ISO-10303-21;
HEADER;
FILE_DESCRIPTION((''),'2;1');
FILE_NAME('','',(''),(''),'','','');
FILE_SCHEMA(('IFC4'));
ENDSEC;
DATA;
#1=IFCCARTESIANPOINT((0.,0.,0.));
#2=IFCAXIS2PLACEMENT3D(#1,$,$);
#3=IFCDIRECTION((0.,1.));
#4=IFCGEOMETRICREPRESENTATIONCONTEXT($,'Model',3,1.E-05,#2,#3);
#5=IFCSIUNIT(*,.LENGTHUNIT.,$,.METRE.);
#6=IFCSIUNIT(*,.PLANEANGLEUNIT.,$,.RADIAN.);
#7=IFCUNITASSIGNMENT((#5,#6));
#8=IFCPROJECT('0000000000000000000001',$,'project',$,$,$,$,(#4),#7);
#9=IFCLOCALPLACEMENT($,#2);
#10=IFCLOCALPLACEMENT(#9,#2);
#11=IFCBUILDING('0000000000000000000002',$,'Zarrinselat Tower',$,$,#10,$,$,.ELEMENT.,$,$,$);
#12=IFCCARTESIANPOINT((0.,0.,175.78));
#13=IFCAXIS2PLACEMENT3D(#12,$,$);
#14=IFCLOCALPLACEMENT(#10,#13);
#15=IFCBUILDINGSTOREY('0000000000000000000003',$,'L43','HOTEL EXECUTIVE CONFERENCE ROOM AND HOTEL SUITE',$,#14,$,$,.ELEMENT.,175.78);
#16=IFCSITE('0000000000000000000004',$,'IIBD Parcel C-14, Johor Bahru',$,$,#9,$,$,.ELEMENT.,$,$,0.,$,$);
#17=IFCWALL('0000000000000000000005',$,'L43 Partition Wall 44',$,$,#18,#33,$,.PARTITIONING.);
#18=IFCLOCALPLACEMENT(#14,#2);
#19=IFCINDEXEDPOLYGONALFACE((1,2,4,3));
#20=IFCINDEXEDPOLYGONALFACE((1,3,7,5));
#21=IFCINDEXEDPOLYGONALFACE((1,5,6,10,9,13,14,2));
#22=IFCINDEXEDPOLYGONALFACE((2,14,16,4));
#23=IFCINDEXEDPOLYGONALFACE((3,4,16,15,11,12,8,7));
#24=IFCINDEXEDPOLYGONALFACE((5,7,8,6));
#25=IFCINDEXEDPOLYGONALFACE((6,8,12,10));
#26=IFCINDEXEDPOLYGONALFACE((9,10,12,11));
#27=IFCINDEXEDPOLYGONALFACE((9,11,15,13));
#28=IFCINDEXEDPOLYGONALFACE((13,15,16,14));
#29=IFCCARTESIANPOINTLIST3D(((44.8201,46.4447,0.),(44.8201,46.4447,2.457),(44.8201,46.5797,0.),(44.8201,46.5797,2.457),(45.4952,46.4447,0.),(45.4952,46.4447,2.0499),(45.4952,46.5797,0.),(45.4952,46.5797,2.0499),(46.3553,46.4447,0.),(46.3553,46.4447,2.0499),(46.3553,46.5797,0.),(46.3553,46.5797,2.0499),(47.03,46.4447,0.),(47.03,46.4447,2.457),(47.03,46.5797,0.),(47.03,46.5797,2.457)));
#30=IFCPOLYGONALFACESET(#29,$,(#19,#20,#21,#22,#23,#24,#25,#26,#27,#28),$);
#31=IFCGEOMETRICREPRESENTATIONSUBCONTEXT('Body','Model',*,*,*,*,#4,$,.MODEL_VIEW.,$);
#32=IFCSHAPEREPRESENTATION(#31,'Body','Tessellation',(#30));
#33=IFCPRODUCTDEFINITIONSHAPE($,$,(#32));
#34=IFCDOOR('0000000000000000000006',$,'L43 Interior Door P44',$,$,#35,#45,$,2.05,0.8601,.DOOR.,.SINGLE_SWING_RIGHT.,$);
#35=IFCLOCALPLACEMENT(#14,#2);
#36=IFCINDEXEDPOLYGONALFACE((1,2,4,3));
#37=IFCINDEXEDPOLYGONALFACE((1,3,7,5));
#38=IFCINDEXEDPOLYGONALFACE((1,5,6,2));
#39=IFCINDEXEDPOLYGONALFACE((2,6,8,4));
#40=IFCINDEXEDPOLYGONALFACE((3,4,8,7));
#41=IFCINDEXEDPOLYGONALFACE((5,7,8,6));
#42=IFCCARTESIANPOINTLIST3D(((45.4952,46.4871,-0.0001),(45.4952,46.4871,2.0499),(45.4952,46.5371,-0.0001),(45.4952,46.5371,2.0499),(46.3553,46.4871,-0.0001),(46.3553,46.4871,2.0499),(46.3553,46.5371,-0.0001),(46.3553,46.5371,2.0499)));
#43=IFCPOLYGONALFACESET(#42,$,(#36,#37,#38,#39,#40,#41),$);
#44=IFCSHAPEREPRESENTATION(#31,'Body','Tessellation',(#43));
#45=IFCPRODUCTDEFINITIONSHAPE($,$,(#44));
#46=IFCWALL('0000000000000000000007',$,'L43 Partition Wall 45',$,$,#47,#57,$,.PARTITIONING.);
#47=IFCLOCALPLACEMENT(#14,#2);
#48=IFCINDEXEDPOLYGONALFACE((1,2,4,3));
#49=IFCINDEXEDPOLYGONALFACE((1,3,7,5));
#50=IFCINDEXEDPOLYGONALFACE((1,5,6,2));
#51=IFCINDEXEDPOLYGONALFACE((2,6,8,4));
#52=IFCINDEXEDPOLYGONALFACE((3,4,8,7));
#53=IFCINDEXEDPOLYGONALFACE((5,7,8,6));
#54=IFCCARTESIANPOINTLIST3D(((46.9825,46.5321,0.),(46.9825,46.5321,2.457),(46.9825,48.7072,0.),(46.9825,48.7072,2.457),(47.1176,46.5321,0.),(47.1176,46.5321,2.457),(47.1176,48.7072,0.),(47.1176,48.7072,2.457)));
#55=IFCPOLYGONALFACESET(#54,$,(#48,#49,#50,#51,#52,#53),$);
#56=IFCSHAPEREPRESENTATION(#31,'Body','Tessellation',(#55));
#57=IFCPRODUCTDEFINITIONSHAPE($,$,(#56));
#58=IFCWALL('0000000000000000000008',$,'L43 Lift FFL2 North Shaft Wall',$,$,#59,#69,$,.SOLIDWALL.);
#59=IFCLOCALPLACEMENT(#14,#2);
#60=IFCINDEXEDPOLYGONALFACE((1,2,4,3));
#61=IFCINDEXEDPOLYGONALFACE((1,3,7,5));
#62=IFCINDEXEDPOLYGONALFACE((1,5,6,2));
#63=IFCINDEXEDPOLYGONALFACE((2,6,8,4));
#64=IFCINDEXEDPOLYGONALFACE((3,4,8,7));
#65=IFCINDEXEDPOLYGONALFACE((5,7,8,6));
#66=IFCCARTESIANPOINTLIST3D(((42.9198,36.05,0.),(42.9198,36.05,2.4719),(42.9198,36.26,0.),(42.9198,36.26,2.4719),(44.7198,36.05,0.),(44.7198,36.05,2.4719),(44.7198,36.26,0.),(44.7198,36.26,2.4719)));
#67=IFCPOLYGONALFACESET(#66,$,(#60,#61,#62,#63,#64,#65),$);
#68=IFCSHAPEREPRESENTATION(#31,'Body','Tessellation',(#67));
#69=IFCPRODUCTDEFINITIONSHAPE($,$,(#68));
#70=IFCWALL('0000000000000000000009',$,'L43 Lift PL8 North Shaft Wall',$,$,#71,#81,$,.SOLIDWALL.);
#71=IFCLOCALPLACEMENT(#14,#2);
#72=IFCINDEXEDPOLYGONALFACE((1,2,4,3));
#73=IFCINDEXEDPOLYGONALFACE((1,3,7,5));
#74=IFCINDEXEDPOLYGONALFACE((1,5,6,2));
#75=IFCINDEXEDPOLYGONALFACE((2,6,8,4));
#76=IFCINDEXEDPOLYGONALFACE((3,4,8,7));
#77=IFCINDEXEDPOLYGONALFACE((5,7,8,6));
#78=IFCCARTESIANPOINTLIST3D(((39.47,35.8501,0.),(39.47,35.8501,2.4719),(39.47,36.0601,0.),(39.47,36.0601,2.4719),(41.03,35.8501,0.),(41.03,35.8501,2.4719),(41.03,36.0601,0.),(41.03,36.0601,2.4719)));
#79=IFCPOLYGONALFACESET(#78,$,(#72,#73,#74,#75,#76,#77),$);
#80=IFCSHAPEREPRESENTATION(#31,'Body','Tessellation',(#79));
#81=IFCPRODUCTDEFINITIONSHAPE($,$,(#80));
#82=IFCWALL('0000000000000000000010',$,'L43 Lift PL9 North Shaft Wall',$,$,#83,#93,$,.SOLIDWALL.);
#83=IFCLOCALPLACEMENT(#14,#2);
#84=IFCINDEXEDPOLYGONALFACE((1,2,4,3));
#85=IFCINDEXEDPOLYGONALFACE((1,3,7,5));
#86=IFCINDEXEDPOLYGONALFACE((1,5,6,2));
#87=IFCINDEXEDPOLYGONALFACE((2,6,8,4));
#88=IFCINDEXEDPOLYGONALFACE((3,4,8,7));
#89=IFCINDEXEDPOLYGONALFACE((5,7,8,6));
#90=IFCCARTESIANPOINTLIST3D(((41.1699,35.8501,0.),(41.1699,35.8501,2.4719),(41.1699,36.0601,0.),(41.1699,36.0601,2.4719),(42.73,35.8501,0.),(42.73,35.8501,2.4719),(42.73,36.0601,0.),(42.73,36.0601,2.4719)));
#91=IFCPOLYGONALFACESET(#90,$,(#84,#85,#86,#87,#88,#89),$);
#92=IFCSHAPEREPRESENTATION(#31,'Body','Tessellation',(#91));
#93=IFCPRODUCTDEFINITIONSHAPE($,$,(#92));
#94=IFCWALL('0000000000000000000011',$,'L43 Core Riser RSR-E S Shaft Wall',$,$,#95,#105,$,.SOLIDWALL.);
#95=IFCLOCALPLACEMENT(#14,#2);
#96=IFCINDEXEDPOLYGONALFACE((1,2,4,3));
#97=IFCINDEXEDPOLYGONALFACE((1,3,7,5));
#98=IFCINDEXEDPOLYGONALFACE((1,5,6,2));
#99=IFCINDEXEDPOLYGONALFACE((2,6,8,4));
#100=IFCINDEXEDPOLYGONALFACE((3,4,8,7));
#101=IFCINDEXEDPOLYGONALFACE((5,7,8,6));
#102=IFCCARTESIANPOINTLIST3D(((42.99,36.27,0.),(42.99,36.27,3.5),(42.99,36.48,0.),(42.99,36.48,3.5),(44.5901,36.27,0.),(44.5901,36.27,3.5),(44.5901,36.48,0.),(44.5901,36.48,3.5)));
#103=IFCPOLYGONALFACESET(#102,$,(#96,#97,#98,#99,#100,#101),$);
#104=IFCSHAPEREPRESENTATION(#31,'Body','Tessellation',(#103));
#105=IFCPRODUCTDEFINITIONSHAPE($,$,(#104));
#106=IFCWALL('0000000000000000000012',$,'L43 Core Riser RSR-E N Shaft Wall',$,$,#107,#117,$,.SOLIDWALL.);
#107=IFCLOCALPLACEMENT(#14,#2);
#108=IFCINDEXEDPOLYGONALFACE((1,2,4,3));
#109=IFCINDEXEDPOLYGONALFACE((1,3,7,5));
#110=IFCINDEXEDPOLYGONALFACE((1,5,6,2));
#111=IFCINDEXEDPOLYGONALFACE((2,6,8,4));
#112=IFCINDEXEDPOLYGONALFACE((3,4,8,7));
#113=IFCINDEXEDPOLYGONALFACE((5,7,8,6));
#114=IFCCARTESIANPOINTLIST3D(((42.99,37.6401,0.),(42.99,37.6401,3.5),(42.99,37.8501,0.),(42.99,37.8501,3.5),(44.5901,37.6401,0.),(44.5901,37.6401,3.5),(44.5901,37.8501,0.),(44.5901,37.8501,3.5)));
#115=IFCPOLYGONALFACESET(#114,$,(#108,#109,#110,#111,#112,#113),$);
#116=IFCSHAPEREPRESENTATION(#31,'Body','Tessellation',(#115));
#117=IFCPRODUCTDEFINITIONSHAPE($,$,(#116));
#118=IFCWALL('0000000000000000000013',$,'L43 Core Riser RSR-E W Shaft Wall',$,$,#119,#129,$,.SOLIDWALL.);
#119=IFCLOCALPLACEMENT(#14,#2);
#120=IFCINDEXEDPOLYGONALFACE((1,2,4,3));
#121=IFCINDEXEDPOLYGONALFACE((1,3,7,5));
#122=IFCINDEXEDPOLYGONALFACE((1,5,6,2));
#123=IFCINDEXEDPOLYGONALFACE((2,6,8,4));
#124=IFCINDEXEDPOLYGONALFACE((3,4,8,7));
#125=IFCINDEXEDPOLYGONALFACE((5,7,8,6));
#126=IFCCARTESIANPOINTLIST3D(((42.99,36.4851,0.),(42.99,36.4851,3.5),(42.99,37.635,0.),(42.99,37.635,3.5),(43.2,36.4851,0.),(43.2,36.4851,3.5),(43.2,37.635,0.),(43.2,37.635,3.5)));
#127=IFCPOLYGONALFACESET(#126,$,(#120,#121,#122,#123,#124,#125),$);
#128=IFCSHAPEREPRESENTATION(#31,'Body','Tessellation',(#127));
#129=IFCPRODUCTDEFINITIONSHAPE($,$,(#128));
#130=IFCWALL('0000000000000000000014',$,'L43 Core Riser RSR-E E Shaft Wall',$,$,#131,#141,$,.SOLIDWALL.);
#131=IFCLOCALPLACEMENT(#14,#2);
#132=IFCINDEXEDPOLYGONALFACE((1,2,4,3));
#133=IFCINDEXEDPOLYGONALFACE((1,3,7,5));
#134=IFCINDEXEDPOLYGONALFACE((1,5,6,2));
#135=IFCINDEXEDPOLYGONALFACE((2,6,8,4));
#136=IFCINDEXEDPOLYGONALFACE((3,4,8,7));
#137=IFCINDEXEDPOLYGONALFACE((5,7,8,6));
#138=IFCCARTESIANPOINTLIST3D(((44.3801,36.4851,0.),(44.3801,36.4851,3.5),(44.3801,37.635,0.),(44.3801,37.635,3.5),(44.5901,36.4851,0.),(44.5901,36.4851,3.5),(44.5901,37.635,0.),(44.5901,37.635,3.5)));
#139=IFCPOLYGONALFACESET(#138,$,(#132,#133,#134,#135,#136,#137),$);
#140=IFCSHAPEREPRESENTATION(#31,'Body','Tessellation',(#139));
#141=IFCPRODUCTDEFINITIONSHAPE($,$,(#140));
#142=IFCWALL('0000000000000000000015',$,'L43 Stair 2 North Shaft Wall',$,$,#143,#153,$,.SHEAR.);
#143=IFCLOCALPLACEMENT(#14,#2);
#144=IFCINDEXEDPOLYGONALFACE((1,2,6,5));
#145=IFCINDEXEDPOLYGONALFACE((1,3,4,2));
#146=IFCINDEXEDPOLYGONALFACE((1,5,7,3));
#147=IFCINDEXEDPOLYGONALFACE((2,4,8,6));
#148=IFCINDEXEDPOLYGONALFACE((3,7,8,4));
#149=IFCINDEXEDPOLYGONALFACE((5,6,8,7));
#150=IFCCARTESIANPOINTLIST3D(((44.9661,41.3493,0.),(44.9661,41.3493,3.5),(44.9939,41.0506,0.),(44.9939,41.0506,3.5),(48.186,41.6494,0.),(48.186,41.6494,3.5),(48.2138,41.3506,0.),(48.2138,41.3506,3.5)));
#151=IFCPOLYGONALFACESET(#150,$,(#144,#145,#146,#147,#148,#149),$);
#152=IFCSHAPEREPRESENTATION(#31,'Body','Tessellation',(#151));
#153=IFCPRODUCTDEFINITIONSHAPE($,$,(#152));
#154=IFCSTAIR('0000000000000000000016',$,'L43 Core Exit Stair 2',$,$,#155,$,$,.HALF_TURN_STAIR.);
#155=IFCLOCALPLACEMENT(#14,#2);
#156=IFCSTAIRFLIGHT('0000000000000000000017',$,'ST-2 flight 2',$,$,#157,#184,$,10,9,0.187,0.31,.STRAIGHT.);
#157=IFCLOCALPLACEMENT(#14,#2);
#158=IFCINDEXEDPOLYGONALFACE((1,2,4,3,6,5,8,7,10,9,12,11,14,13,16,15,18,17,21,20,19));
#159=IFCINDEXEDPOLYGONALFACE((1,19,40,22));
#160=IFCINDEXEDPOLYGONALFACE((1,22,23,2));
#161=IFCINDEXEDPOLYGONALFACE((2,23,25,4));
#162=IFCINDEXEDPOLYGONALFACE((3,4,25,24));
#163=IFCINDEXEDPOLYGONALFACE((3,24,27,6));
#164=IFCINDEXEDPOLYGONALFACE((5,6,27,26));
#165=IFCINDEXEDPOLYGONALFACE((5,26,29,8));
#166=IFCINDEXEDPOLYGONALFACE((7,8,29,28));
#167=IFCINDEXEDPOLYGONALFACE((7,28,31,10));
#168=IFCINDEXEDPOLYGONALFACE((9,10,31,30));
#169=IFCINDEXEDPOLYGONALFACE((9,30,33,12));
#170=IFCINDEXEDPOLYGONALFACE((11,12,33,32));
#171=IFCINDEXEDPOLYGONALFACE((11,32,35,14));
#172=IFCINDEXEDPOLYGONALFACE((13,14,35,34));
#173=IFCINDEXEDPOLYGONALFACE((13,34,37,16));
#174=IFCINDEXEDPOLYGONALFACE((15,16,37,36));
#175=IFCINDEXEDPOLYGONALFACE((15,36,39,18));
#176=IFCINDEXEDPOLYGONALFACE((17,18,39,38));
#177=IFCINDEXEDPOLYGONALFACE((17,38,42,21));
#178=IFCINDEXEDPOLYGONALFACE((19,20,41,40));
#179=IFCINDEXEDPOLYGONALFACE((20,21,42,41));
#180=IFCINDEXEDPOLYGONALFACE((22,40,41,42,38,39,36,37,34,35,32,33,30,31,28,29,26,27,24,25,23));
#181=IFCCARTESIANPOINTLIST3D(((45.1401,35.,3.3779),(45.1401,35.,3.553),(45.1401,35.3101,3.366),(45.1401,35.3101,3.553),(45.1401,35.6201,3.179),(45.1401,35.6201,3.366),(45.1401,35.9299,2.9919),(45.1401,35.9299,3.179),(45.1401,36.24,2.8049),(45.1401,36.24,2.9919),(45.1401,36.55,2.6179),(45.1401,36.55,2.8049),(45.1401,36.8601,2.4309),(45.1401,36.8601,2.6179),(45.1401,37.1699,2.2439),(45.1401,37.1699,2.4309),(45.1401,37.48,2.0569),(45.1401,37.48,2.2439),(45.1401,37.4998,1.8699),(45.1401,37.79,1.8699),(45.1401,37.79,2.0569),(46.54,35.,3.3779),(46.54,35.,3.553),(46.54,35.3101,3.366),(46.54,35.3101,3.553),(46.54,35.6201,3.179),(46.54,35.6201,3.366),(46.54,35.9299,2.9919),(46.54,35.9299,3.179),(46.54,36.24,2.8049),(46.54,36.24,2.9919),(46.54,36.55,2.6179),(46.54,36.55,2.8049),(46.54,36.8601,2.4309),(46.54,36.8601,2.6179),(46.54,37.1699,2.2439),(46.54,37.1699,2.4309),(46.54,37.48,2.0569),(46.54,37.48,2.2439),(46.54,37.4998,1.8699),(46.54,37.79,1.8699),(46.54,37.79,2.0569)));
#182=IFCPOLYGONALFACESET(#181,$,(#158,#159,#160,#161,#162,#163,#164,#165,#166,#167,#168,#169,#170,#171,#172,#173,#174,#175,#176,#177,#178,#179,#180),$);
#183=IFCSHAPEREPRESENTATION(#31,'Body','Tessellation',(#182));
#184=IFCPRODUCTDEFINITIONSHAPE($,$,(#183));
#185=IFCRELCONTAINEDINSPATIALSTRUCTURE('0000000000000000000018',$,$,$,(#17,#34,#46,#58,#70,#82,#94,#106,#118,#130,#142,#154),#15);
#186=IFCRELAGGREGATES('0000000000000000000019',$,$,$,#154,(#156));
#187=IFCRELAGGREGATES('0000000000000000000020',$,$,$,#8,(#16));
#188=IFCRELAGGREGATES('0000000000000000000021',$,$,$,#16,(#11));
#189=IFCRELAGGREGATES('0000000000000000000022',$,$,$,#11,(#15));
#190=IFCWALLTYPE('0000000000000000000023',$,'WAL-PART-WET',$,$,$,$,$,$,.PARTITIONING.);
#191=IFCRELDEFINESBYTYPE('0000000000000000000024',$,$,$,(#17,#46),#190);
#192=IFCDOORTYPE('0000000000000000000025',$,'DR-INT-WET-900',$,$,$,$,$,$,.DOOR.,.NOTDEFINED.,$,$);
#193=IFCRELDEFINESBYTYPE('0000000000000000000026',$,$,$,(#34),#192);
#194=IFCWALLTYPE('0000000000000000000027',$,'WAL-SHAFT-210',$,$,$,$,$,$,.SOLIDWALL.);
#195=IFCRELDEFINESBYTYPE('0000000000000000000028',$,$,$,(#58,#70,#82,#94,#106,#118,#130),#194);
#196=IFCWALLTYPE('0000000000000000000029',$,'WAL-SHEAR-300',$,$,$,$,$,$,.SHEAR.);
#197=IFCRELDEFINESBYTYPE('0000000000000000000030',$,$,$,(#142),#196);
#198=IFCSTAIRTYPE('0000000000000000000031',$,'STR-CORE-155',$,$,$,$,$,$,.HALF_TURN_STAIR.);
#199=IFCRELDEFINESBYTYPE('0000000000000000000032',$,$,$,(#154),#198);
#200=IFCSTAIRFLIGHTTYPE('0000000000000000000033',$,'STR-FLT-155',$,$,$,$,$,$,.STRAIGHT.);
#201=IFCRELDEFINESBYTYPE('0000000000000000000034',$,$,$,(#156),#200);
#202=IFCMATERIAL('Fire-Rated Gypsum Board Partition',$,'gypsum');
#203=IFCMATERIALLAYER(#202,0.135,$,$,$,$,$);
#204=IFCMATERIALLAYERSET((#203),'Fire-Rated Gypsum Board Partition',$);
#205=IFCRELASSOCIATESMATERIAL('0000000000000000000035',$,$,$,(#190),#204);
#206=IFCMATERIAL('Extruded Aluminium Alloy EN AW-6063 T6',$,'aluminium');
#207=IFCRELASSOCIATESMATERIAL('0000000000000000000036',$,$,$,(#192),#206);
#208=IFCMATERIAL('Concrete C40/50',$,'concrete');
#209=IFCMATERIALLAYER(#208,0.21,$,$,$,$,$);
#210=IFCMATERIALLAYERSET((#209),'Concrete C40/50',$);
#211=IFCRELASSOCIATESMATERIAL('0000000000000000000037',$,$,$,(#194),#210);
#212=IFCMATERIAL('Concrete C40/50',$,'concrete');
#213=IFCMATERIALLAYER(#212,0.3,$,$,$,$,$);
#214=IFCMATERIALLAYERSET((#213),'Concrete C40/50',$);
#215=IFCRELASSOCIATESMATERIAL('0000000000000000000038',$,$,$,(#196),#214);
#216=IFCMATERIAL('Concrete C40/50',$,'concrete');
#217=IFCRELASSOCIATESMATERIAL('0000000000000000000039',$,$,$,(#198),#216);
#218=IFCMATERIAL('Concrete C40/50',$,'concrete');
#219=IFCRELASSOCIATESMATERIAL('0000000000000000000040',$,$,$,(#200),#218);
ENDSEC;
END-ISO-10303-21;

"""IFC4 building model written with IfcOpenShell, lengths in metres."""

from ifc_helpers import new_model, si_unit, direction, frame, frame_2d, origin, place, context, subcontext, project, spatial, polyline, rectangle, outline, extrude, material, layer, layer_set, type_object, element, fill, aggregate, save


model = new_model("IFC4")

# Units and contexts
model_context = context("Model", 3, precision=1e-05, world=origin(), true_north=direction((0.0, 1.0)))
body_context = subcontext(model_context, "Body", "Model", "MODEL_VIEW")
ifc_project = project(units=[si_unit("LENGTHUNIT", "METRE"), si_unit("PLANEANGLEUNIT", "RADIAN")], contexts=[model_context])

# Site, building, storey
site_placement = place(None, origin())
site = spatial("IfcSite", under=ifc_project, at=site_placement, Name="IIBD Parcel C-14, Johor Bahru", CompositionType="ELEMENT", RefElevation=0.0)
building_placement = place(site_placement, origin())
building = spatial("IfcBuilding", under=site, at=building_placement, Name="Zarrinselat Tower", CompositionType="ELEMENT")
storey_placement = place(building_placement, frame((0.0, 0.0, 175.78)))
storey = spatial("IfcBuildingStorey", under=building, at=storey_placement, Name="L43", Description="HOTEL EXECUTIVE CONFERENCE ROOM AND HOTEL SUITE", CompositionType="ELEMENT", Elevation=175.78)

# Shared definitions
ifc_material_1 = material(Name="Fire-Rated Gypsum Board Partition", Category="gypsum")
ifc_layer_1 = layer(ifc_material_1, 0.135)
ifc_layer_set_1 = layer_set([ifc_layer_1], Name="Fire-Rated Gypsum Board Partition")
wall_type_1 = type_object("IfcWallType", Name="WAL-PART-WET", PredefinedType="PARTITIONING", material=ifc_layer_set_1)

# Wall, opening, door
wall_1_placement = place(storey_placement, frame((44.8201, 46.5122, 0.0), z_axis=(0.0, 0.0, 1.0), x_axis=(1.0, 0.0, 0.0)))
wall_1 = element("IfcWall", 1, at=wall_1_placement, inside=storey, type_object=wall_type_1, Name="L43 Partition Wall 44", PredefinedType="PARTITIONING", context=body_context, shape_type="SweptSolid", body=[
    extrude(rectangle(XDim=2.21, YDim=0.135, at=frame_2d((1.105, 0.0))), origin(), (0.0, 0.0, 1.0), 2.457),
])
opening_placement = place(wall_1_placement, frame((0.675, 0.0, 0.0)))
opening = element("IfcOpeningElement", 2, at=opening_placement, cuts=wall_1, PredefinedType="OPENING", context=body_context, shape_type="SweptSolid", body=[
    extrude(rectangle(XDim=0.8601, YDim=2.05, at=frame_2d((0.4302, 1.0249))), frame((0.0, 0.0774, 0.0), z_axis=(0.0, -1.0, 0.0), x_axis=(1.0, 0.0, 0.0)), (0.0, 0.0, 1.0), 0.155),
])
ifc_material_2 = material(Name="Extruded Aluminium Alloy EN AW-6063 T6", Category="aluminium")
door_type = type_object("IfcDoorType", Name="DR-INT-WET-900", OperationType="NOTDEFINED", PredefinedType="DOOR", material=ifc_material_2)
door_placement = place(opening_placement, origin())
door = element("IfcDoor", 3, at=door_placement, inside=storey, type_object=door_type, Name="L43 Interior Door P44", OperationType="SINGLE_SWING_RIGHT", OverallHeight=2.05, OverallWidth=0.8601, PredefinedType="DOOR", context=body_context, shape_type="SweptSolid", body=[
    extrude(rectangle(XDim=0.8601, YDim=2.05, at=frame_2d((0.4302, 1.0249))), frame((0.0, 0.0249, 0.0), z_axis=(0.0, -1.0, 0.0), x_axis=(1.0, 0.0, 0.0)), (0.0, 0.0, 1.0), 0.05),
])
fill(opening, door)

# Walls
wall_2_placement = place(storey_placement, frame((47.05, 46.5322, 0.0), z_axis=(0.0, 0.0, 1.0), x_axis=(0.0, 1.0, 0.0)))
element("IfcWall", 4, at=wall_2_placement, inside=storey, type_object=wall_type_1, Name="L43 Partition Wall 45", PredefinedType="PARTITIONING", context=body_context, shape_type="SweptSolid", body=[
    extrude(rectangle(XDim=2.175, YDim=0.135, at=frame_2d((1.0874, 0.0))), origin(), (0.0, 0.0, 1.0), 2.457),
])
ifc_material_3 = material(Name="Concrete C40/50", Category="concrete")
ifc_layer_2 = layer(ifc_material_3, 0.21)
ifc_layer_set_2 = layer_set([ifc_layer_2], Name="Concrete C40/50")
wall_type_2 = type_object("IfcWallType", Name="WAL-SHAFT-210", PredefinedType="SOLIDWALL", material=ifc_layer_set_2)
wall_3_placement = place(storey_placement, frame((42.9199, 36.155, 0.0), z_axis=(0.0, 0.0, 1.0), x_axis=(1.0, 0.0, 0.0)))
element("IfcWall", 5, at=wall_3_placement, inside=storey, type_object=wall_type_2, Name="L43 Lift FFL2 North Shaft Wall", PredefinedType="SOLIDWALL", context=body_context, shape_type="SweptSolid", body=[
    extrude(rectangle(XDim=1.8, YDim=0.21, at=frame_2d((0.8999, 0.0))), origin(), (0.0, 0.0, 1.0), 2.4719),
])
for number, where, z_axis, x_axis, name in (
    (6, (39.47, 35.9551, 0.0), (0.0, 0.0, 1.0), (1.0, 0.0, 0.0), "L43 Lift PL8 North Shaft Wall"),
    (7, (41.1699, 35.9551, 0.0), (0.0, 0.0, 1.0), (1.0, 0.0, 0.0), "L43 Lift PL9 North Shaft Wall"),
):
    element("IfcWall", number, at=place(storey_placement, frame(where, z_axis=z_axis, x_axis=x_axis)), inside=storey, type_object=wall_type_2, Name=name, PredefinedType="SOLIDWALL", context=body_context, shape_type="SweptSolid", body=[
        extrude(rectangle(XDim=1.5601, YDim=0.21, at=frame_2d((0.78, 0.0))), origin(), (0.0, 0.0, 1.0), 2.4719),
    ])
for number, where, z_axis, x_axis, name in (
    (8, (42.99, 36.375, 0.0), (0.0, 0.0, 1.0), (1.0, 0.0, 0.0), "L43 Core Riser RSR-E S Shaft Wall"),
    (9, (42.99, 37.7451, 0.0), (0.0, 0.0, 1.0), (1.0, 0.0, 0.0), "L43 Core Riser RSR-E N Shaft Wall"),
):
    element("IfcWall", number, at=place(storey_placement, frame(where, z_axis=z_axis, x_axis=x_axis)), inside=storey, type_object=wall_type_2, Name=name, PredefinedType="SOLIDWALL", context=body_context, shape_type="SweptSolid", body=[
        extrude(rectangle(XDim=1.6001, YDim=0.21, at=frame_2d((0.8, 0.0))), origin(), (0.0, 0.0, 1.0), 3.5),
    ])
for number, where, z_axis, x_axis, name in (
    (10, (43.095, 36.4851, 0.0), (0.0, 0.0, 1.0), (0.0, 1.0, 0.0), "L43 Core Riser RSR-E W Shaft Wall"),
    (11, (44.4851, 36.4851, 0.0), (0.0, 0.0, 1.0), (0.0, 1.0, 0.0), "L43 Core Riser RSR-E E Shaft Wall"),
):
    element("IfcWall", number, at=place(storey_placement, frame(where, z_axis=z_axis, x_axis=x_axis)), inside=storey, type_object=wall_type_2, Name=name, PredefinedType="SOLIDWALL", context=body_context, shape_type="SweptSolid", body=[
        extrude(rectangle(XDim=1.1499, YDim=0.21, at=frame_2d((0.575, 0.0))), origin(), (0.0, 0.0, 1.0), 3.5),
    ])
ifc_material_4 = material(Name="Concrete C40/50", Category="concrete")
ifc_layer_3 = layer(ifc_material_4, 0.3)
ifc_layer_set_3 = layer_set([ifc_layer_3], Name="Concrete C40/50")
wall_type_3 = type_object("IfcWallType", Name="WAL-SHEAR-300", PredefinedType="SHEAR", material=ifc_layer_set_3)
wall_4_placement = place(storey_placement, frame((44.98, 41.2, 0.0), z_axis=(0.0, 0.0, 1.0), x_axis=(0.995686, 0.092782, 0.0)))
element("IfcWall", 12, at=wall_4_placement, inside=storey, type_object=wall_type_3, Name="L43 Stair 2 North Shaft Wall", PredefinedType="SHEAR", context=body_context, shape_type="SweptSolid", body=[
    extrude(rectangle(XDim=3.2339, YDim=0.3, at=frame_2d((1.6169, 0.0))), origin(), (0.0, 0.0, 1.0), 3.5),
])

# Stair, stair flight
ifc_material_5 = material(Name="Concrete C40/50", Category="concrete")
stair_type = type_object("IfcStairType", Name="STR-CORE-155", PredefinedType="HALF_TURN_STAIR", material=ifc_material_5)
stair_placement = place(storey_placement, origin())
stair = element("IfcStair", 13, at=stair_placement, inside=storey, type_object=stair_type, Name="L43 Core Exit Stair 2", PredefinedType="HALF_TURN_STAIR")
ifc_material_6 = material(Name="Concrete C40/50", Category="concrete")
stair_flight_type = type_object("IfcStairFlightType", Name="STR-FLT-155", PredefinedType="STRAIGHT", material=ifc_material_6)
stair_flight_placement = place(storey_placement, frame((45.8401, 37.79, 1.8699), z_axis=(0.0, 0.0, 1.0), x_axis=(0.0, -1.0, 0.0)))
stair_flight = element("IfcStairFlight", 14, at=stair_flight_placement, type_object=stair_flight_type, Name="ST-2 flight 2", NumberOfRisers=10, NumberOfTreads=9, PredefinedType="STRAIGHT", RiserHeight=0.187, TreadLength=0.31, context=body_context, shape_type="SweptSolid", body=[
    extrude(outline(polyline([(0.0, 0.0), (0.0, 0.187), (0.3101, 0.187), (0.3101, 0.374), (0.6201, 0.374), (0.6201, 0.561), (0.9299, 0.561), (0.9299, 0.748), (1.24, 0.748), (1.24, 0.9351), (1.55, 0.9351), (1.55, 1.1221), (1.8601, 1.1221), (1.8601, 1.3091), (2.1699, 1.3091), (2.1699, 1.4961), (2.48, 1.4961), (2.48, 1.6831), (2.79, 1.6831), (2.79, 1.8701), (2.79, 1.5081), (0.2903, 0.0), (0.0, 0.0)])), frame((0.0, 0.7, 0.0), z_axis=(0.0, -1.0, 0.0), x_axis=(1.0, 0.0, 0.0)), (0.0, 0.0, 1.0), 1.3999),
])
aggregate(stair, [stair_flight])

save(model, "model.ifc")
